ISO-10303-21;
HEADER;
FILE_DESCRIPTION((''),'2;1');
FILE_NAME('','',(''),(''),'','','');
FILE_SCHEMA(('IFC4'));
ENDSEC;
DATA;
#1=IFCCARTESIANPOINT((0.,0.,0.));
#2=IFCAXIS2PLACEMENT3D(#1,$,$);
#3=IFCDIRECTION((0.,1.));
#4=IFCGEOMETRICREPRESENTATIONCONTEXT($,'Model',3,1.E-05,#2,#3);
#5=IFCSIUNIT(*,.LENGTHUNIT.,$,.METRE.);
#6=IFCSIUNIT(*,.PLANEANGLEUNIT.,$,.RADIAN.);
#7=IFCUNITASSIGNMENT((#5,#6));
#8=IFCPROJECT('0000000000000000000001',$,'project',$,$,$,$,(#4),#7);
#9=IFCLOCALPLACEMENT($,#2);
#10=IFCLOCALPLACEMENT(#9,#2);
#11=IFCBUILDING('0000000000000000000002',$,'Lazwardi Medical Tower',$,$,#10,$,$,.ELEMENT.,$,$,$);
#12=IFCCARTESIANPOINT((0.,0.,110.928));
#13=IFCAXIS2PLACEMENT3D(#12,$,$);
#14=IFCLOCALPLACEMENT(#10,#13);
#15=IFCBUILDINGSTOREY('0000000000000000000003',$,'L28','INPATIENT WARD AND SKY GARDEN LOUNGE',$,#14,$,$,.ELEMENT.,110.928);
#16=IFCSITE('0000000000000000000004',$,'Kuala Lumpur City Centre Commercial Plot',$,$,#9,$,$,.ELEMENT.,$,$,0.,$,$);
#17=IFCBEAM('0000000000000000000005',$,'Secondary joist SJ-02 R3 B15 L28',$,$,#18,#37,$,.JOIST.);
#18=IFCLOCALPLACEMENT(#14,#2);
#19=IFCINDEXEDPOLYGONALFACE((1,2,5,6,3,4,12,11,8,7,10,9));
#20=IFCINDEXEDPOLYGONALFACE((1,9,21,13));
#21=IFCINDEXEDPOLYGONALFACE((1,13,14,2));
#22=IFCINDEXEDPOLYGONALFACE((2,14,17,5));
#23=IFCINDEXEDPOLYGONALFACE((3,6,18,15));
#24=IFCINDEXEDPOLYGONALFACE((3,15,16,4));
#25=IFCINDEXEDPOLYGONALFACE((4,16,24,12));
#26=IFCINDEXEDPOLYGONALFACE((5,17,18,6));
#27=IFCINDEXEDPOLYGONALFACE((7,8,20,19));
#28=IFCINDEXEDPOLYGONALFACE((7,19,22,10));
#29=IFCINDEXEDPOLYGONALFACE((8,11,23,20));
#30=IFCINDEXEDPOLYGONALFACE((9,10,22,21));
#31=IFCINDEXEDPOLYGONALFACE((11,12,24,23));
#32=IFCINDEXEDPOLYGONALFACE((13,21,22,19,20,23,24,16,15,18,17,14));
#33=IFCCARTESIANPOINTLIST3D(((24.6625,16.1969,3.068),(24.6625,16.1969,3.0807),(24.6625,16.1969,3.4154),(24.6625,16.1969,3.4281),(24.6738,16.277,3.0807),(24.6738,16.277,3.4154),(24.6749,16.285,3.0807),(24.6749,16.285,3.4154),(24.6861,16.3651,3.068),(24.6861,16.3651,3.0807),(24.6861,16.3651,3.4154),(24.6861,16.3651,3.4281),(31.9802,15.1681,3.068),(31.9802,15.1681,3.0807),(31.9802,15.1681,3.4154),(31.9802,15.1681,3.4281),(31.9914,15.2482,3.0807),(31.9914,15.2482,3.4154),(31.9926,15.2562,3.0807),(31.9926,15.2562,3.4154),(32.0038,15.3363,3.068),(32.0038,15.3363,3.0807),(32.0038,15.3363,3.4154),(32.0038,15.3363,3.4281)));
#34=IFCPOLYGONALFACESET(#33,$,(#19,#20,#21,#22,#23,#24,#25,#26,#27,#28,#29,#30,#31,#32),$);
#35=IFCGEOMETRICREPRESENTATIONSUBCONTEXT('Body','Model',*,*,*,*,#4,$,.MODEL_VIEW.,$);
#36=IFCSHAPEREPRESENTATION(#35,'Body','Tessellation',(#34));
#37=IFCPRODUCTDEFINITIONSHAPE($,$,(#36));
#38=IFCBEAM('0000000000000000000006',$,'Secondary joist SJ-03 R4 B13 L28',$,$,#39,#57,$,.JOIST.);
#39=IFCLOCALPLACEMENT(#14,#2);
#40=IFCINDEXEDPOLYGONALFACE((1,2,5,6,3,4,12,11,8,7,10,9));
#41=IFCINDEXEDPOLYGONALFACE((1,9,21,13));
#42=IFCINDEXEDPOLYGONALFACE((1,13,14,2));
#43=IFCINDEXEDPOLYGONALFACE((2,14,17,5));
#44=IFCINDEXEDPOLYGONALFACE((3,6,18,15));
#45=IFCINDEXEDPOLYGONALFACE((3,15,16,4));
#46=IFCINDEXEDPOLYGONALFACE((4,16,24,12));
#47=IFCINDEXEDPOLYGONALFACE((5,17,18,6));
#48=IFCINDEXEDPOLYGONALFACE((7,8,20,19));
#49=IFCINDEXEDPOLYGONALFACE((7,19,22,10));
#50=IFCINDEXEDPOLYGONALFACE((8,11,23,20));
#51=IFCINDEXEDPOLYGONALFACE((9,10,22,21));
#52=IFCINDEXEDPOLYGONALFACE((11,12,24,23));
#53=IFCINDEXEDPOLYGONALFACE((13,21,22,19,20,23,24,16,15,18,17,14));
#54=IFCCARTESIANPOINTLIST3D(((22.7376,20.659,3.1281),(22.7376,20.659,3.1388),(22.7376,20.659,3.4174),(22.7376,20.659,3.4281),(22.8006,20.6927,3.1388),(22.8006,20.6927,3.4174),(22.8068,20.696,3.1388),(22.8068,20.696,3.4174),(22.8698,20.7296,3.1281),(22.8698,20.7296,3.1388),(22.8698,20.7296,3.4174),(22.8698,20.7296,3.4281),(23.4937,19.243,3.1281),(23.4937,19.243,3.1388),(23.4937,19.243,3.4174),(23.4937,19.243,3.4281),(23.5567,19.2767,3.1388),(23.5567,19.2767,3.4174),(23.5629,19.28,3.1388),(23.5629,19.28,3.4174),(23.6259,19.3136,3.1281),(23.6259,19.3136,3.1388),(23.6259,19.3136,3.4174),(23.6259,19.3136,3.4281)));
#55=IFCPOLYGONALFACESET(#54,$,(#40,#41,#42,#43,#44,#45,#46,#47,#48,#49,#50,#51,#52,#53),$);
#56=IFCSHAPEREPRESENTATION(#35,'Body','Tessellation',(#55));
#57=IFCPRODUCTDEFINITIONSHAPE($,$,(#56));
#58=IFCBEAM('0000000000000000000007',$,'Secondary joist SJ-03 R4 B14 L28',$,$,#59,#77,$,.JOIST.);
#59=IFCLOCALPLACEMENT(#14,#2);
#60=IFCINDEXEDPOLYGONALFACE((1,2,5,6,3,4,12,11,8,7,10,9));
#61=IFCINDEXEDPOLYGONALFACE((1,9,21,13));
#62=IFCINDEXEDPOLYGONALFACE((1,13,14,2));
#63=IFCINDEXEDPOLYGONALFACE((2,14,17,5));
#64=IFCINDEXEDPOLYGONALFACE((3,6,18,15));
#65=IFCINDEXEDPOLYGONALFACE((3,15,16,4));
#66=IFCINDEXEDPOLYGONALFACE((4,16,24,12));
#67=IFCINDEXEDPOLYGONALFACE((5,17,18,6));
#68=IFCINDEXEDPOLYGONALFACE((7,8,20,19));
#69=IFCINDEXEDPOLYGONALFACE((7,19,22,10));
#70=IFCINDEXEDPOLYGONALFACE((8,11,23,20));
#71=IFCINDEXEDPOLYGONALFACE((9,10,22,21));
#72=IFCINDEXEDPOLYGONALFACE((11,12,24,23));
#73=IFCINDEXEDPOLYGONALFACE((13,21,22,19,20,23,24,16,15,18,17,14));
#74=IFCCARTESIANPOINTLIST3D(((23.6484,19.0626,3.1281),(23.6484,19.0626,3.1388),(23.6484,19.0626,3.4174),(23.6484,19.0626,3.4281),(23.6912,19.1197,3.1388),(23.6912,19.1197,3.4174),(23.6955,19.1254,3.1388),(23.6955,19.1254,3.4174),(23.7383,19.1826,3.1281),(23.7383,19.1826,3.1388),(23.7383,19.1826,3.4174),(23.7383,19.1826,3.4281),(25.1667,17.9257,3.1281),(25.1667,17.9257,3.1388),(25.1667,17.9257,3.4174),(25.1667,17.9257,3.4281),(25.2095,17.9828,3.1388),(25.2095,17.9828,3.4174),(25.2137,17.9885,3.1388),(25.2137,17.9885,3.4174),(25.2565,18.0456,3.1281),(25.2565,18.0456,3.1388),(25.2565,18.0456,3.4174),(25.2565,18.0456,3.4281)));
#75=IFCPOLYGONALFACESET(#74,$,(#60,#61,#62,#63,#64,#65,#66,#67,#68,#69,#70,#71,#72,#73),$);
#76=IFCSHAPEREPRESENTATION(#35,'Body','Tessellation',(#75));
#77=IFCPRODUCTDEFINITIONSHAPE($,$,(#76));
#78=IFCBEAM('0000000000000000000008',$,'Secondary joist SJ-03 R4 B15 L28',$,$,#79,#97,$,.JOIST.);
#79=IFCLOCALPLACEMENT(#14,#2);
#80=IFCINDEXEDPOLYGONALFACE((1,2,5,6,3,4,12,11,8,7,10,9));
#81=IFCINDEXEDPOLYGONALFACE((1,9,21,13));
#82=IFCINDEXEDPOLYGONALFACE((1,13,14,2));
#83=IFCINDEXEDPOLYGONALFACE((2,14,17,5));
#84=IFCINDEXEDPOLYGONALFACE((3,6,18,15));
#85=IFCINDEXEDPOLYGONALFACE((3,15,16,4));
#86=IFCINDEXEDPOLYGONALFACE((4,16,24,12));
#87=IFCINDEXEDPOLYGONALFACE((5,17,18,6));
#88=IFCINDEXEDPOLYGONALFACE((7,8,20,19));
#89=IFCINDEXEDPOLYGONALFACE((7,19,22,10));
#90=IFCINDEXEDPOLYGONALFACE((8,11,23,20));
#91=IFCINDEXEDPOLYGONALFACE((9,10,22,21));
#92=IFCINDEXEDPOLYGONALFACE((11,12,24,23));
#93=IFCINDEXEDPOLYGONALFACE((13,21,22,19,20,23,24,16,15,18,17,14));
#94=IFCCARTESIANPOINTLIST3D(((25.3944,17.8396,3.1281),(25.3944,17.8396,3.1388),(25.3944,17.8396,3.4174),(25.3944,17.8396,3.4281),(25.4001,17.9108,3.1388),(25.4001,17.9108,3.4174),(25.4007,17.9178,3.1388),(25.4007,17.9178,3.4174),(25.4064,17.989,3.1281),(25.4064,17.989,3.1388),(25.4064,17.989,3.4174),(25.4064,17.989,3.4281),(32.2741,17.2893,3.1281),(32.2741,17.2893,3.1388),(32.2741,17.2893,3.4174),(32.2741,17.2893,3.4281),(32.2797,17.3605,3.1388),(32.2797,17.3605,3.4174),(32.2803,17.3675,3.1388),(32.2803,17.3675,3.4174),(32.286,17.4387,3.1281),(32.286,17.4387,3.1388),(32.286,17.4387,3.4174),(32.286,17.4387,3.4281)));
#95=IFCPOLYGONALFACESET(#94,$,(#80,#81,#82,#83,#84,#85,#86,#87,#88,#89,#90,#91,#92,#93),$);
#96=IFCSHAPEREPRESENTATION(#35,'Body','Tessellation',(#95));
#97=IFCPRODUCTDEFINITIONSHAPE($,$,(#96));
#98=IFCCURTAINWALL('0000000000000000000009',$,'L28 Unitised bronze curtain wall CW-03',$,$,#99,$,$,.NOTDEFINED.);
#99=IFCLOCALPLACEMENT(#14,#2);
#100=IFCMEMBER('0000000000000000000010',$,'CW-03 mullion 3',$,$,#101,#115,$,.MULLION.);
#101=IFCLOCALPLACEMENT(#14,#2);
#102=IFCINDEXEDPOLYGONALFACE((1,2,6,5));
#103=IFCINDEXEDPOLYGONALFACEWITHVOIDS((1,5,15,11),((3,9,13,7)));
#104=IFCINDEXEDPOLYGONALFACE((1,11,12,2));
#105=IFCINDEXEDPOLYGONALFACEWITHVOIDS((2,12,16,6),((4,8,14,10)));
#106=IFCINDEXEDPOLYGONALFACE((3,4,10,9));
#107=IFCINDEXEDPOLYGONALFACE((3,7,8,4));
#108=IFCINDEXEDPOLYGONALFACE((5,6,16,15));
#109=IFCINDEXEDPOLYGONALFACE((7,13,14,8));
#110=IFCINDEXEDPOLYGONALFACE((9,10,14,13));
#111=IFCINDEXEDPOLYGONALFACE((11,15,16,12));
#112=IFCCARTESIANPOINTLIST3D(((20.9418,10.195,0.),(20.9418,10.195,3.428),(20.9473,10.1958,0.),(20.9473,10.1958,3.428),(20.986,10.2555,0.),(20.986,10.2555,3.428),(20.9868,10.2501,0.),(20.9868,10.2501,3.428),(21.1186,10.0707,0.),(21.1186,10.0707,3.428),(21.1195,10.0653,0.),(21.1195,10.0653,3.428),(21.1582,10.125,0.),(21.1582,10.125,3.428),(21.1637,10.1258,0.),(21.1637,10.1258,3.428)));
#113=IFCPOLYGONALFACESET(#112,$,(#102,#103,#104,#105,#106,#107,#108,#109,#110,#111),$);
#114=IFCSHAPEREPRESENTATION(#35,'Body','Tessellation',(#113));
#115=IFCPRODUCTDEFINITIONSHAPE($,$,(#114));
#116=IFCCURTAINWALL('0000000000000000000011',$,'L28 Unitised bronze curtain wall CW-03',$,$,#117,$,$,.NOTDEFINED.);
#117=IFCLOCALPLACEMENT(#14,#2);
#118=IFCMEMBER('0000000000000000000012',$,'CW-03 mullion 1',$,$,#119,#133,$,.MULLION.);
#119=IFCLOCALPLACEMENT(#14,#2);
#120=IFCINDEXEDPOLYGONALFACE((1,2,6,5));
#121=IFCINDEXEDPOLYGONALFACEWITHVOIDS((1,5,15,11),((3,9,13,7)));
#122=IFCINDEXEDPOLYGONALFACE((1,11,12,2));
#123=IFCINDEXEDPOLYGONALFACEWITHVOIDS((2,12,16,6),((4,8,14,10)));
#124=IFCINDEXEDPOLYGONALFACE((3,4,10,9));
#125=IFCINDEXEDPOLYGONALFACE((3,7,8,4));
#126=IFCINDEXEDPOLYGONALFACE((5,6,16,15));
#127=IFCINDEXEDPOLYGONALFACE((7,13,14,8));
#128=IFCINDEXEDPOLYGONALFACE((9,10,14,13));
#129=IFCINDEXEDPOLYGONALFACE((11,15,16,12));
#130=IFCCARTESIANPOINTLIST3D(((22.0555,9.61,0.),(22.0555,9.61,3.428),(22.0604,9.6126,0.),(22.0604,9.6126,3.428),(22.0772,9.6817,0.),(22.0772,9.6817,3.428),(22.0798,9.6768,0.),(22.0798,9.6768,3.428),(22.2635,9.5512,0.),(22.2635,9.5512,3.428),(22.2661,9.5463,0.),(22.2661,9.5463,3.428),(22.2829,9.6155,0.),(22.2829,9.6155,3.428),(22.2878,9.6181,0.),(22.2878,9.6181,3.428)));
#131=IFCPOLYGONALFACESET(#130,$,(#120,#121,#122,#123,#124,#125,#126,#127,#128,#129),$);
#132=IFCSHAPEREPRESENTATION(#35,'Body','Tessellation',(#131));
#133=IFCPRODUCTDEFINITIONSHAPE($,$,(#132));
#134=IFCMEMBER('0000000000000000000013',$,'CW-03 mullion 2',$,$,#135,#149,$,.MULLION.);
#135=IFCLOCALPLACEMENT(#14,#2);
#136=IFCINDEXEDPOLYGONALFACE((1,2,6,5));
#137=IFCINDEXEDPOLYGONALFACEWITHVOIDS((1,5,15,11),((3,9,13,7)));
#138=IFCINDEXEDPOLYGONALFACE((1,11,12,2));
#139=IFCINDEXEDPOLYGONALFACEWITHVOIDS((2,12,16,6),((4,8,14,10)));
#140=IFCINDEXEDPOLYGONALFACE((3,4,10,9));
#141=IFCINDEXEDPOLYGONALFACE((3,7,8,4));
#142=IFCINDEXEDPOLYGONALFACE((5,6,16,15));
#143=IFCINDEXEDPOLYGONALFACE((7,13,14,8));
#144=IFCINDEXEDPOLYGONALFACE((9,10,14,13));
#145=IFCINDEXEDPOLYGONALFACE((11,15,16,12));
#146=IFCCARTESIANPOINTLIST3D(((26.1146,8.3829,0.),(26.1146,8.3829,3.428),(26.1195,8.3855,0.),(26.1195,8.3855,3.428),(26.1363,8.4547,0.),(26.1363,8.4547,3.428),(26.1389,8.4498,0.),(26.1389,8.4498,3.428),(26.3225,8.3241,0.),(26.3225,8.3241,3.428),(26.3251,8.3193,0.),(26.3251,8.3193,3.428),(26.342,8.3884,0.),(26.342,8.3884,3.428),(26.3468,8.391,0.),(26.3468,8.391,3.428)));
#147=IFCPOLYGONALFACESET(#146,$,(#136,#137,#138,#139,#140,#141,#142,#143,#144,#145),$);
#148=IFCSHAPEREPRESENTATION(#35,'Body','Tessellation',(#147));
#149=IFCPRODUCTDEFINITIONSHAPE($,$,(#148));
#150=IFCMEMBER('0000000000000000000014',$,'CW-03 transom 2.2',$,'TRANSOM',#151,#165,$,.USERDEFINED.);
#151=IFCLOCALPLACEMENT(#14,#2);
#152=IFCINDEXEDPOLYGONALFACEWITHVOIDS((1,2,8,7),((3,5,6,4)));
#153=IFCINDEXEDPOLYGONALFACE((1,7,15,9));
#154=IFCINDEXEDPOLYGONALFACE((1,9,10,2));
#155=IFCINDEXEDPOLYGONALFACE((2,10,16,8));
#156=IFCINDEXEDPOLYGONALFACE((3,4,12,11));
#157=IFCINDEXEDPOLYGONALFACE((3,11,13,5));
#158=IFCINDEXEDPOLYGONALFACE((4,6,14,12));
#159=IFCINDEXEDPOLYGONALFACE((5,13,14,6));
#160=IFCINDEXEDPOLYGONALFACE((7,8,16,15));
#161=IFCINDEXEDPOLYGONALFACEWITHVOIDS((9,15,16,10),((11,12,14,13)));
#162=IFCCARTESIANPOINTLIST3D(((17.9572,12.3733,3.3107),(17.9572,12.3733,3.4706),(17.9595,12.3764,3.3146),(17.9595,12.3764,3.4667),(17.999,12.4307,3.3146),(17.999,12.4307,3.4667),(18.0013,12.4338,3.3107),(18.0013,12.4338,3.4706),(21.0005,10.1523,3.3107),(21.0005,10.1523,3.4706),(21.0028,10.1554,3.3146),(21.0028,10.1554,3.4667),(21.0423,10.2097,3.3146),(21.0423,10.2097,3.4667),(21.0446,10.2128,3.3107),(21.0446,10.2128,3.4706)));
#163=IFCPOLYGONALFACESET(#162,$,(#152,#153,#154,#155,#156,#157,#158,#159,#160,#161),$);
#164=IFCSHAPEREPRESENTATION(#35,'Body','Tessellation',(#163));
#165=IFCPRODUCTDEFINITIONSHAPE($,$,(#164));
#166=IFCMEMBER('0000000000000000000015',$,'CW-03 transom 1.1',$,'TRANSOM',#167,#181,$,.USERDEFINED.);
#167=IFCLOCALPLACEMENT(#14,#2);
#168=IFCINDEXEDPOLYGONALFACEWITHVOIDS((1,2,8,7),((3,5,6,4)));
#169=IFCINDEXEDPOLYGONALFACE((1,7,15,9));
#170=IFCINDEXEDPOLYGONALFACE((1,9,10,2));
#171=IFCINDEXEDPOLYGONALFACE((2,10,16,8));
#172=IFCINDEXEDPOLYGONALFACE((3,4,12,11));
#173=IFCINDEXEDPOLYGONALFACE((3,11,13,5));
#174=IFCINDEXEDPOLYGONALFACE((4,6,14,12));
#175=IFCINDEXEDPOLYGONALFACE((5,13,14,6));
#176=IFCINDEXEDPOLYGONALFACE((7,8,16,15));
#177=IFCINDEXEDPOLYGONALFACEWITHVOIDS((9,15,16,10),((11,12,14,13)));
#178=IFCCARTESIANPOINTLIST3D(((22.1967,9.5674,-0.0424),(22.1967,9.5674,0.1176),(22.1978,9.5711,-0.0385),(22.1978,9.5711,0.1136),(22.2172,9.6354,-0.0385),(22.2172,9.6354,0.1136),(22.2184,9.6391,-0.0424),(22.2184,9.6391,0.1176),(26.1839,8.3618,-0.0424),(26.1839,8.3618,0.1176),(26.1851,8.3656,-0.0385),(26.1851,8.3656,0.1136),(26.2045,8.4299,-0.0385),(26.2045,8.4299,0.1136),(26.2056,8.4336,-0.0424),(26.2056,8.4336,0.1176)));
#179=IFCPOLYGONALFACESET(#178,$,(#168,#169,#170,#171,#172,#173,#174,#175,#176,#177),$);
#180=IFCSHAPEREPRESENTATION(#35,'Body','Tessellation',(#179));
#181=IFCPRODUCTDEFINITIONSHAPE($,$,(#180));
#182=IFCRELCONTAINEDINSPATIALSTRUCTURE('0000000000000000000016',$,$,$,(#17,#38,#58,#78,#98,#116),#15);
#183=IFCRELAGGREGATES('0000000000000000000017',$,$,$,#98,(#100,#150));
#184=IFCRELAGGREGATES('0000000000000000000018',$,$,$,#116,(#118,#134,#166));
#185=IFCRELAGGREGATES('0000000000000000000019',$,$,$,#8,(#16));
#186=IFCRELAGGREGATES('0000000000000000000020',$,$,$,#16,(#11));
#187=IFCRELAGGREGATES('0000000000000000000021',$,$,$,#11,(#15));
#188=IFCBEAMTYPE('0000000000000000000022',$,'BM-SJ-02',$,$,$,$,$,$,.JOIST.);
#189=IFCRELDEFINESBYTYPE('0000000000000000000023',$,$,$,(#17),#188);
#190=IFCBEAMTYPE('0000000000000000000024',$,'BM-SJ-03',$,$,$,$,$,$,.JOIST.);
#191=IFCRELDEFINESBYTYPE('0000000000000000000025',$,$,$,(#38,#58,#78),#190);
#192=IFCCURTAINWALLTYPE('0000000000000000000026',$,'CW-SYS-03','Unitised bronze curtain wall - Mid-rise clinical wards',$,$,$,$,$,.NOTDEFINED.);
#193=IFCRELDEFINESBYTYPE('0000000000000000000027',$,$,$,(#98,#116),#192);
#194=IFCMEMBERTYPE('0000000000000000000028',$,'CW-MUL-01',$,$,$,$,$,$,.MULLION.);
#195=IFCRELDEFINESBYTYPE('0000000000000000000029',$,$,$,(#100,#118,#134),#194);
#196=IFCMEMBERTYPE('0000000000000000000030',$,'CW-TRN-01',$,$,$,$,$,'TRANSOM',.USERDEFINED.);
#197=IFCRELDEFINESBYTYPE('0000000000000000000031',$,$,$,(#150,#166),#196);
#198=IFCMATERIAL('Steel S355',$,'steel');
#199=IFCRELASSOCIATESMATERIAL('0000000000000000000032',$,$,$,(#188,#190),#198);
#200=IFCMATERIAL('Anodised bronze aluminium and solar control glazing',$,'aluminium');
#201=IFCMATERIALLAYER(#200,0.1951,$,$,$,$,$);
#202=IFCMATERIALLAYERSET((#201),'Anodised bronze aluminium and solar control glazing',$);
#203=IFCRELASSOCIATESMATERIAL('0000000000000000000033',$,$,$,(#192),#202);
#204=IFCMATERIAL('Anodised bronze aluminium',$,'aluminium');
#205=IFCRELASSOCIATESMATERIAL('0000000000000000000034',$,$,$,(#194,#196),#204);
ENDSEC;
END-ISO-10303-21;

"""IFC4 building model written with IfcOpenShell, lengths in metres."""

from ifc_helpers import new_model, si_unit, direction, frame, origin, origin_2d, place, context, subcontext, project, spatial, hollow_rectangle, i_section, extrude, material, layer, layer_set, material_profile, profile_set, type_object, element, aggregate, save


model = new_model("IFC4")

# Units and contexts
model_context = context("Model", 3, precision=1e-05, world=origin(), true_north=direction((0.0, 1.0)))
body_context = subcontext(model_context, "Body", "Model", "MODEL_VIEW")
ifc_project = project(units=[si_unit("LENGTHUNIT", "METRE"), si_unit("PLANEANGLEUNIT", "RADIAN")], contexts=[model_context])

# Site, building, storey
site_placement = place(None, origin())
site = spatial("IfcSite", under=ifc_project, at=site_placement, Name="Kuala Lumpur City Centre Commercial Plot", CompositionType="ELEMENT", RefElevation=0.0)
building_placement = place(site_placement, origin())
building = spatial("IfcBuilding", under=site, at=building_placement, Name="Lazwardi Medical Tower", CompositionType="ELEMENT")
storey_placement = place(building_placement, frame((0.0, 0.0, 110.928)))
storey = spatial("IfcBuildingStorey", under=building, at=storey_placement, Name="L28", Description="INPATIENT WARD AND SKY GARDEN LOUNGE", CompositionType="ELEMENT", Elevation=110.928)

# Beams
ifc_material_1 = material(Name="Steel S355", Category="steel")
ifc_material_profile_1 = material_profile(ifc_material_1, i_section(OverallWidth=0.1699, OverallDepth=0.3601, WebThickness=0.0081, FlangeThickness=0.0127, at=origin_2d()), Name="IPE 360")
ifc_profile_set_1 = profile_set([ifc_material_profile_1], Name="Steel S355")
beam_type_1 = type_object("IfcBeamType", Name="BM-SJ-02", PredefinedType="JOIST", material=ifc_profile_set_1)
beam_1_placement = place(storey_placement, frame((24.6743, 16.281, 3.248), z_axis=(0.990261, -0.139224, 0.0), x_axis=(0.139224, 0.990261, 0.0)))
element("IfcBeam", 1, at=beam_1_placement, inside=storey, type_object=beam_type_1, Name="Secondary joist SJ-02 R3 B15 L28", PredefinedType="JOIST", context=body_context, shape_type="SweptSolid", body=[
    extrude(i_section(OverallWidth=0.1699, OverallDepth=0.3601, WebThickness=0.0081, FlangeThickness=0.0127, at=origin_2d()), origin(), (0.0, 0.0, 1.0), 7.3896),
])
ifc_material_profile_2 = material_profile(ifc_material_1, i_section(OverallWidth=0.1499, OverallDepth=0.3, WebThickness=0.0071, FlangeThickness=0.0107, at=origin_2d()), Name="IPE 300")
ifc_profile_set_2 = profile_set([ifc_material_profile_2], Name="Steel S355")
beam_type_2 = type_object("IfcBeamType", Name="BM-SJ-03", PredefinedType="JOIST", material=ifc_profile_set_2)
beam_2_placement = place(storey_placement, frame((22.8037, 20.6943, 3.2781), z_axis=(0.471022, -0.882121, 0.0), x_axis=(0.882121, 0.471022, 0.0)))
element("IfcBeam", 2, at=beam_2_placement, inside=storey, type_object=beam_type_2, Name="Secondary joist SJ-03 R4 B13 L28", PredefinedType="JOIST", context=body_context, shape_type="SweptSolid", body=[
    extrude(i_section(OverallWidth=0.1499, OverallDepth=0.3, WebThickness=0.0071, FlangeThickness=0.0107, at=origin_2d()), origin(), (0.0, 0.0, 1.0), 1.6052),
])
beam_3_placement = place(storey_placement, frame((23.6934, 19.1226, 3.2781), z_axis=(0.800448, -0.599403, 0.0), x_axis=(0.599403, 0.800448, 0.0)))
element("IfcBeam", 3, at=beam_3_placement, inside=storey, type_object=beam_type_2, Name="Secondary joist SJ-03 R4 B14 L28", PredefinedType="JOIST", context=body_context, shape_type="SweptSolid", body=[
    extrude(i_section(OverallWidth=0.1499, OverallDepth=0.3, WebThickness=0.0071, FlangeThickness=0.0107, at=origin_2d()), origin(), (0.0, 0.0, 1.0), 1.8967),
])
beam_4_placement = place(storey_placement, frame((25.4004, 17.9143, 3.2781), z_axis=(0.996816, -0.079734, 0.0), x_axis=(0.079734, 0.996816, 0.0)))
element("IfcBeam", 4, at=beam_4_placement, inside=storey, type_object=beam_type_2, Name="Secondary joist SJ-03 R4 B15 L28", PredefinedType="JOIST", context=body_context, shape_type="SweptSolid", body=[
    extrude(i_section(OverallWidth=0.1499, OverallDepth=0.3, WebThickness=0.0071, FlangeThickness=0.0107, at=origin_2d()), origin(), (0.0, 0.0, 1.0), 6.9016),
])

# Curtain wall, member
ifc_material_2 = material(Name="Anodised bronze aluminium and solar control glazing", Category="aluminium")
ifc_layer_1 = layer(ifc_material_2, 0.1951)
ifc_layer_set_1 = layer_set([ifc_layer_1], Name="Anodised bronze aluminium and solar control glazing")
curtain_wall_type = type_object("IfcCurtainWallType", Name="CW-SYS-03", Description="Unitised bronze curtain wall - Mid-rise clinical wards", PredefinedType="NOTDEFINED", material=ifc_layer_set_1)
curtain_wall_1_placement = place(storey_placement, origin())
curtain_wall_1 = element("IfcCurtainWall", 5, at=curtain_wall_1_placement, inside=storey, type_object=curtain_wall_type, Name="L28 Unitised bronze curtain wall CW-03", PredefinedType="NOTDEFINED")
ifc_material_3 = material(Name="Anodised bronze aluminium", Category="aluminium")
ifc_material_profile_3 = material_profile(ifc_material_3, hollow_rectangle(XDim=0.075, YDim=0.22, WallThickness=0.0039, at=origin_2d()), Name="ALU-MULLION 220x75x4")
ifc_profile_set_3 = profile_set([ifc_material_profile_3], Name="Anodised bronze aluminium")
member_type_1 = type_object("IfcMemberType", Name="CW-MUL-01", PredefinedType="MULLION", material=ifc_profile_set_3)
member_1_placement = place(storey_placement, frame((21.0527, 10.1604, 0.0), z_axis=(0.0, 0.0, 1.0), x_axis=(0.589531, 0.807746, 0.0)))
member_1 = element("IfcMember", 6, at=member_1_placement, type_object=member_type_1, Name="CW-03 mullion 3", PredefinedType="MULLION", context=body_context, shape_type="SweptSolid", body=[
    extrude(hollow_rectangle(XDim=0.075, YDim=0.22, WallThickness=0.0039, at=origin_2d()), origin(), (0.0, 0.0, 1.0), 3.428),
])

# Curtain wall, members
curtain_wall_2_placement = place(storey_placement, origin())
curtain_wall_2 = element("IfcCurtainWall", 7, at=curtain_wall_2_placement, inside=storey, type_object=curtain_wall_type, Name="L28 Unitised bronze curtain wall CW-03", PredefinedType="NOTDEFINED")
member_2_placement = place(storey_placement, frame((22.1716, 9.614, 0.0), z_axis=(0.0, 0.0, 1.0), x_axis=(0.289374, 0.957216, 0.0)))
member_2 = element("IfcMember", 8, at=member_2_placement, type_object=member_type_1, Name="CW-03 mullion 1", PredefinedType="MULLION", context=body_context, shape_type="SweptSolid", body=[
    extrude(hollow_rectangle(XDim=0.075, YDim=0.22, WallThickness=0.0039, at=origin_2d()), origin(), (0.0, 0.0, 1.0), 3.428),
])
member_3_placement = place(storey_placement, frame((26.2307, 8.387, 0.0), z_axis=(0.0, 0.0, 1.0), x_axis=(0.289374, 0.957216, 0.0)))
member_3 = element("IfcMember", 9, at=member_3_placement, type_object=member_type_1, Name="CW-03 mullion 2", PredefinedType="MULLION", context=body_context, shape_type="SweptSolid", body=[
    extrude(hollow_rectangle(XDim=0.075, YDim=0.22, WallThickness=0.0039, at=origin_2d()), origin(), (0.0, 0.0, 1.0), 3.428),
])

# Members
ifc_material_profile_4 = material_profile(ifc_material_3, hollow_rectangle(XDim=0.075, YDim=0.1599, WallThickness=0.0039, at=origin_2d()), Name="ALU-TRANSOM 160x75x4")
ifc_profile_set_4 = profile_set([ifc_material_profile_4], Name="Anodised bronze aluminium")
member_type_2 = type_object("IfcMemberType", Name="CW-TRN-01", ElementType="TRANSOM", PredefinedType="USERDEFINED", material=ifc_profile_set_4)
member_4_placement = place(storey_placement, frame((17.9792, 12.4036, 3.3906), z_axis=(0.807763, -0.589508, 0.0), x_axis=(0.589508, 0.807763, 0.0)))
member_4 = element("IfcMember", 10, at=member_4_placement, type_object=member_type_2, Name="CW-03 transom 2.2", ObjectType="TRANSOM", PredefinedType="USERDEFINED", context=body_context, shape_type="SweptSolid", body=[
    extrude(hollow_rectangle(XDim=0.075, YDim=0.1599, WallThickness=0.0039, at=origin_2d()), origin(), (0.0, 0.0, 1.0), 3.7676),
])
member_5_placement = place(storey_placement, frame((22.2075, 9.6033, 0.0376), z_axis=(0.957205, -0.289412, 0.0), x_axis=(0.289412, 0.957205, 0.0)))
member_5 = element("IfcMember", 11, at=member_5_placement, type_object=member_type_2, Name="CW-03 transom 1.1", ObjectType="TRANSOM", PredefinedType="USERDEFINED", context=body_context, shape_type="SweptSolid", body=[
    extrude(hollow_rectangle(XDim=0.075, YDim=0.1599, WallThickness=0.0039, at=origin_2d()), origin(), (0.0, 0.0, 1.0), 4.1655),
])

aggregate(curtain_wall_1, [member_1, member_4])
aggregate(curtain_wall_2, [member_2, member_3, member_5])

save(model, "model.ifc")
